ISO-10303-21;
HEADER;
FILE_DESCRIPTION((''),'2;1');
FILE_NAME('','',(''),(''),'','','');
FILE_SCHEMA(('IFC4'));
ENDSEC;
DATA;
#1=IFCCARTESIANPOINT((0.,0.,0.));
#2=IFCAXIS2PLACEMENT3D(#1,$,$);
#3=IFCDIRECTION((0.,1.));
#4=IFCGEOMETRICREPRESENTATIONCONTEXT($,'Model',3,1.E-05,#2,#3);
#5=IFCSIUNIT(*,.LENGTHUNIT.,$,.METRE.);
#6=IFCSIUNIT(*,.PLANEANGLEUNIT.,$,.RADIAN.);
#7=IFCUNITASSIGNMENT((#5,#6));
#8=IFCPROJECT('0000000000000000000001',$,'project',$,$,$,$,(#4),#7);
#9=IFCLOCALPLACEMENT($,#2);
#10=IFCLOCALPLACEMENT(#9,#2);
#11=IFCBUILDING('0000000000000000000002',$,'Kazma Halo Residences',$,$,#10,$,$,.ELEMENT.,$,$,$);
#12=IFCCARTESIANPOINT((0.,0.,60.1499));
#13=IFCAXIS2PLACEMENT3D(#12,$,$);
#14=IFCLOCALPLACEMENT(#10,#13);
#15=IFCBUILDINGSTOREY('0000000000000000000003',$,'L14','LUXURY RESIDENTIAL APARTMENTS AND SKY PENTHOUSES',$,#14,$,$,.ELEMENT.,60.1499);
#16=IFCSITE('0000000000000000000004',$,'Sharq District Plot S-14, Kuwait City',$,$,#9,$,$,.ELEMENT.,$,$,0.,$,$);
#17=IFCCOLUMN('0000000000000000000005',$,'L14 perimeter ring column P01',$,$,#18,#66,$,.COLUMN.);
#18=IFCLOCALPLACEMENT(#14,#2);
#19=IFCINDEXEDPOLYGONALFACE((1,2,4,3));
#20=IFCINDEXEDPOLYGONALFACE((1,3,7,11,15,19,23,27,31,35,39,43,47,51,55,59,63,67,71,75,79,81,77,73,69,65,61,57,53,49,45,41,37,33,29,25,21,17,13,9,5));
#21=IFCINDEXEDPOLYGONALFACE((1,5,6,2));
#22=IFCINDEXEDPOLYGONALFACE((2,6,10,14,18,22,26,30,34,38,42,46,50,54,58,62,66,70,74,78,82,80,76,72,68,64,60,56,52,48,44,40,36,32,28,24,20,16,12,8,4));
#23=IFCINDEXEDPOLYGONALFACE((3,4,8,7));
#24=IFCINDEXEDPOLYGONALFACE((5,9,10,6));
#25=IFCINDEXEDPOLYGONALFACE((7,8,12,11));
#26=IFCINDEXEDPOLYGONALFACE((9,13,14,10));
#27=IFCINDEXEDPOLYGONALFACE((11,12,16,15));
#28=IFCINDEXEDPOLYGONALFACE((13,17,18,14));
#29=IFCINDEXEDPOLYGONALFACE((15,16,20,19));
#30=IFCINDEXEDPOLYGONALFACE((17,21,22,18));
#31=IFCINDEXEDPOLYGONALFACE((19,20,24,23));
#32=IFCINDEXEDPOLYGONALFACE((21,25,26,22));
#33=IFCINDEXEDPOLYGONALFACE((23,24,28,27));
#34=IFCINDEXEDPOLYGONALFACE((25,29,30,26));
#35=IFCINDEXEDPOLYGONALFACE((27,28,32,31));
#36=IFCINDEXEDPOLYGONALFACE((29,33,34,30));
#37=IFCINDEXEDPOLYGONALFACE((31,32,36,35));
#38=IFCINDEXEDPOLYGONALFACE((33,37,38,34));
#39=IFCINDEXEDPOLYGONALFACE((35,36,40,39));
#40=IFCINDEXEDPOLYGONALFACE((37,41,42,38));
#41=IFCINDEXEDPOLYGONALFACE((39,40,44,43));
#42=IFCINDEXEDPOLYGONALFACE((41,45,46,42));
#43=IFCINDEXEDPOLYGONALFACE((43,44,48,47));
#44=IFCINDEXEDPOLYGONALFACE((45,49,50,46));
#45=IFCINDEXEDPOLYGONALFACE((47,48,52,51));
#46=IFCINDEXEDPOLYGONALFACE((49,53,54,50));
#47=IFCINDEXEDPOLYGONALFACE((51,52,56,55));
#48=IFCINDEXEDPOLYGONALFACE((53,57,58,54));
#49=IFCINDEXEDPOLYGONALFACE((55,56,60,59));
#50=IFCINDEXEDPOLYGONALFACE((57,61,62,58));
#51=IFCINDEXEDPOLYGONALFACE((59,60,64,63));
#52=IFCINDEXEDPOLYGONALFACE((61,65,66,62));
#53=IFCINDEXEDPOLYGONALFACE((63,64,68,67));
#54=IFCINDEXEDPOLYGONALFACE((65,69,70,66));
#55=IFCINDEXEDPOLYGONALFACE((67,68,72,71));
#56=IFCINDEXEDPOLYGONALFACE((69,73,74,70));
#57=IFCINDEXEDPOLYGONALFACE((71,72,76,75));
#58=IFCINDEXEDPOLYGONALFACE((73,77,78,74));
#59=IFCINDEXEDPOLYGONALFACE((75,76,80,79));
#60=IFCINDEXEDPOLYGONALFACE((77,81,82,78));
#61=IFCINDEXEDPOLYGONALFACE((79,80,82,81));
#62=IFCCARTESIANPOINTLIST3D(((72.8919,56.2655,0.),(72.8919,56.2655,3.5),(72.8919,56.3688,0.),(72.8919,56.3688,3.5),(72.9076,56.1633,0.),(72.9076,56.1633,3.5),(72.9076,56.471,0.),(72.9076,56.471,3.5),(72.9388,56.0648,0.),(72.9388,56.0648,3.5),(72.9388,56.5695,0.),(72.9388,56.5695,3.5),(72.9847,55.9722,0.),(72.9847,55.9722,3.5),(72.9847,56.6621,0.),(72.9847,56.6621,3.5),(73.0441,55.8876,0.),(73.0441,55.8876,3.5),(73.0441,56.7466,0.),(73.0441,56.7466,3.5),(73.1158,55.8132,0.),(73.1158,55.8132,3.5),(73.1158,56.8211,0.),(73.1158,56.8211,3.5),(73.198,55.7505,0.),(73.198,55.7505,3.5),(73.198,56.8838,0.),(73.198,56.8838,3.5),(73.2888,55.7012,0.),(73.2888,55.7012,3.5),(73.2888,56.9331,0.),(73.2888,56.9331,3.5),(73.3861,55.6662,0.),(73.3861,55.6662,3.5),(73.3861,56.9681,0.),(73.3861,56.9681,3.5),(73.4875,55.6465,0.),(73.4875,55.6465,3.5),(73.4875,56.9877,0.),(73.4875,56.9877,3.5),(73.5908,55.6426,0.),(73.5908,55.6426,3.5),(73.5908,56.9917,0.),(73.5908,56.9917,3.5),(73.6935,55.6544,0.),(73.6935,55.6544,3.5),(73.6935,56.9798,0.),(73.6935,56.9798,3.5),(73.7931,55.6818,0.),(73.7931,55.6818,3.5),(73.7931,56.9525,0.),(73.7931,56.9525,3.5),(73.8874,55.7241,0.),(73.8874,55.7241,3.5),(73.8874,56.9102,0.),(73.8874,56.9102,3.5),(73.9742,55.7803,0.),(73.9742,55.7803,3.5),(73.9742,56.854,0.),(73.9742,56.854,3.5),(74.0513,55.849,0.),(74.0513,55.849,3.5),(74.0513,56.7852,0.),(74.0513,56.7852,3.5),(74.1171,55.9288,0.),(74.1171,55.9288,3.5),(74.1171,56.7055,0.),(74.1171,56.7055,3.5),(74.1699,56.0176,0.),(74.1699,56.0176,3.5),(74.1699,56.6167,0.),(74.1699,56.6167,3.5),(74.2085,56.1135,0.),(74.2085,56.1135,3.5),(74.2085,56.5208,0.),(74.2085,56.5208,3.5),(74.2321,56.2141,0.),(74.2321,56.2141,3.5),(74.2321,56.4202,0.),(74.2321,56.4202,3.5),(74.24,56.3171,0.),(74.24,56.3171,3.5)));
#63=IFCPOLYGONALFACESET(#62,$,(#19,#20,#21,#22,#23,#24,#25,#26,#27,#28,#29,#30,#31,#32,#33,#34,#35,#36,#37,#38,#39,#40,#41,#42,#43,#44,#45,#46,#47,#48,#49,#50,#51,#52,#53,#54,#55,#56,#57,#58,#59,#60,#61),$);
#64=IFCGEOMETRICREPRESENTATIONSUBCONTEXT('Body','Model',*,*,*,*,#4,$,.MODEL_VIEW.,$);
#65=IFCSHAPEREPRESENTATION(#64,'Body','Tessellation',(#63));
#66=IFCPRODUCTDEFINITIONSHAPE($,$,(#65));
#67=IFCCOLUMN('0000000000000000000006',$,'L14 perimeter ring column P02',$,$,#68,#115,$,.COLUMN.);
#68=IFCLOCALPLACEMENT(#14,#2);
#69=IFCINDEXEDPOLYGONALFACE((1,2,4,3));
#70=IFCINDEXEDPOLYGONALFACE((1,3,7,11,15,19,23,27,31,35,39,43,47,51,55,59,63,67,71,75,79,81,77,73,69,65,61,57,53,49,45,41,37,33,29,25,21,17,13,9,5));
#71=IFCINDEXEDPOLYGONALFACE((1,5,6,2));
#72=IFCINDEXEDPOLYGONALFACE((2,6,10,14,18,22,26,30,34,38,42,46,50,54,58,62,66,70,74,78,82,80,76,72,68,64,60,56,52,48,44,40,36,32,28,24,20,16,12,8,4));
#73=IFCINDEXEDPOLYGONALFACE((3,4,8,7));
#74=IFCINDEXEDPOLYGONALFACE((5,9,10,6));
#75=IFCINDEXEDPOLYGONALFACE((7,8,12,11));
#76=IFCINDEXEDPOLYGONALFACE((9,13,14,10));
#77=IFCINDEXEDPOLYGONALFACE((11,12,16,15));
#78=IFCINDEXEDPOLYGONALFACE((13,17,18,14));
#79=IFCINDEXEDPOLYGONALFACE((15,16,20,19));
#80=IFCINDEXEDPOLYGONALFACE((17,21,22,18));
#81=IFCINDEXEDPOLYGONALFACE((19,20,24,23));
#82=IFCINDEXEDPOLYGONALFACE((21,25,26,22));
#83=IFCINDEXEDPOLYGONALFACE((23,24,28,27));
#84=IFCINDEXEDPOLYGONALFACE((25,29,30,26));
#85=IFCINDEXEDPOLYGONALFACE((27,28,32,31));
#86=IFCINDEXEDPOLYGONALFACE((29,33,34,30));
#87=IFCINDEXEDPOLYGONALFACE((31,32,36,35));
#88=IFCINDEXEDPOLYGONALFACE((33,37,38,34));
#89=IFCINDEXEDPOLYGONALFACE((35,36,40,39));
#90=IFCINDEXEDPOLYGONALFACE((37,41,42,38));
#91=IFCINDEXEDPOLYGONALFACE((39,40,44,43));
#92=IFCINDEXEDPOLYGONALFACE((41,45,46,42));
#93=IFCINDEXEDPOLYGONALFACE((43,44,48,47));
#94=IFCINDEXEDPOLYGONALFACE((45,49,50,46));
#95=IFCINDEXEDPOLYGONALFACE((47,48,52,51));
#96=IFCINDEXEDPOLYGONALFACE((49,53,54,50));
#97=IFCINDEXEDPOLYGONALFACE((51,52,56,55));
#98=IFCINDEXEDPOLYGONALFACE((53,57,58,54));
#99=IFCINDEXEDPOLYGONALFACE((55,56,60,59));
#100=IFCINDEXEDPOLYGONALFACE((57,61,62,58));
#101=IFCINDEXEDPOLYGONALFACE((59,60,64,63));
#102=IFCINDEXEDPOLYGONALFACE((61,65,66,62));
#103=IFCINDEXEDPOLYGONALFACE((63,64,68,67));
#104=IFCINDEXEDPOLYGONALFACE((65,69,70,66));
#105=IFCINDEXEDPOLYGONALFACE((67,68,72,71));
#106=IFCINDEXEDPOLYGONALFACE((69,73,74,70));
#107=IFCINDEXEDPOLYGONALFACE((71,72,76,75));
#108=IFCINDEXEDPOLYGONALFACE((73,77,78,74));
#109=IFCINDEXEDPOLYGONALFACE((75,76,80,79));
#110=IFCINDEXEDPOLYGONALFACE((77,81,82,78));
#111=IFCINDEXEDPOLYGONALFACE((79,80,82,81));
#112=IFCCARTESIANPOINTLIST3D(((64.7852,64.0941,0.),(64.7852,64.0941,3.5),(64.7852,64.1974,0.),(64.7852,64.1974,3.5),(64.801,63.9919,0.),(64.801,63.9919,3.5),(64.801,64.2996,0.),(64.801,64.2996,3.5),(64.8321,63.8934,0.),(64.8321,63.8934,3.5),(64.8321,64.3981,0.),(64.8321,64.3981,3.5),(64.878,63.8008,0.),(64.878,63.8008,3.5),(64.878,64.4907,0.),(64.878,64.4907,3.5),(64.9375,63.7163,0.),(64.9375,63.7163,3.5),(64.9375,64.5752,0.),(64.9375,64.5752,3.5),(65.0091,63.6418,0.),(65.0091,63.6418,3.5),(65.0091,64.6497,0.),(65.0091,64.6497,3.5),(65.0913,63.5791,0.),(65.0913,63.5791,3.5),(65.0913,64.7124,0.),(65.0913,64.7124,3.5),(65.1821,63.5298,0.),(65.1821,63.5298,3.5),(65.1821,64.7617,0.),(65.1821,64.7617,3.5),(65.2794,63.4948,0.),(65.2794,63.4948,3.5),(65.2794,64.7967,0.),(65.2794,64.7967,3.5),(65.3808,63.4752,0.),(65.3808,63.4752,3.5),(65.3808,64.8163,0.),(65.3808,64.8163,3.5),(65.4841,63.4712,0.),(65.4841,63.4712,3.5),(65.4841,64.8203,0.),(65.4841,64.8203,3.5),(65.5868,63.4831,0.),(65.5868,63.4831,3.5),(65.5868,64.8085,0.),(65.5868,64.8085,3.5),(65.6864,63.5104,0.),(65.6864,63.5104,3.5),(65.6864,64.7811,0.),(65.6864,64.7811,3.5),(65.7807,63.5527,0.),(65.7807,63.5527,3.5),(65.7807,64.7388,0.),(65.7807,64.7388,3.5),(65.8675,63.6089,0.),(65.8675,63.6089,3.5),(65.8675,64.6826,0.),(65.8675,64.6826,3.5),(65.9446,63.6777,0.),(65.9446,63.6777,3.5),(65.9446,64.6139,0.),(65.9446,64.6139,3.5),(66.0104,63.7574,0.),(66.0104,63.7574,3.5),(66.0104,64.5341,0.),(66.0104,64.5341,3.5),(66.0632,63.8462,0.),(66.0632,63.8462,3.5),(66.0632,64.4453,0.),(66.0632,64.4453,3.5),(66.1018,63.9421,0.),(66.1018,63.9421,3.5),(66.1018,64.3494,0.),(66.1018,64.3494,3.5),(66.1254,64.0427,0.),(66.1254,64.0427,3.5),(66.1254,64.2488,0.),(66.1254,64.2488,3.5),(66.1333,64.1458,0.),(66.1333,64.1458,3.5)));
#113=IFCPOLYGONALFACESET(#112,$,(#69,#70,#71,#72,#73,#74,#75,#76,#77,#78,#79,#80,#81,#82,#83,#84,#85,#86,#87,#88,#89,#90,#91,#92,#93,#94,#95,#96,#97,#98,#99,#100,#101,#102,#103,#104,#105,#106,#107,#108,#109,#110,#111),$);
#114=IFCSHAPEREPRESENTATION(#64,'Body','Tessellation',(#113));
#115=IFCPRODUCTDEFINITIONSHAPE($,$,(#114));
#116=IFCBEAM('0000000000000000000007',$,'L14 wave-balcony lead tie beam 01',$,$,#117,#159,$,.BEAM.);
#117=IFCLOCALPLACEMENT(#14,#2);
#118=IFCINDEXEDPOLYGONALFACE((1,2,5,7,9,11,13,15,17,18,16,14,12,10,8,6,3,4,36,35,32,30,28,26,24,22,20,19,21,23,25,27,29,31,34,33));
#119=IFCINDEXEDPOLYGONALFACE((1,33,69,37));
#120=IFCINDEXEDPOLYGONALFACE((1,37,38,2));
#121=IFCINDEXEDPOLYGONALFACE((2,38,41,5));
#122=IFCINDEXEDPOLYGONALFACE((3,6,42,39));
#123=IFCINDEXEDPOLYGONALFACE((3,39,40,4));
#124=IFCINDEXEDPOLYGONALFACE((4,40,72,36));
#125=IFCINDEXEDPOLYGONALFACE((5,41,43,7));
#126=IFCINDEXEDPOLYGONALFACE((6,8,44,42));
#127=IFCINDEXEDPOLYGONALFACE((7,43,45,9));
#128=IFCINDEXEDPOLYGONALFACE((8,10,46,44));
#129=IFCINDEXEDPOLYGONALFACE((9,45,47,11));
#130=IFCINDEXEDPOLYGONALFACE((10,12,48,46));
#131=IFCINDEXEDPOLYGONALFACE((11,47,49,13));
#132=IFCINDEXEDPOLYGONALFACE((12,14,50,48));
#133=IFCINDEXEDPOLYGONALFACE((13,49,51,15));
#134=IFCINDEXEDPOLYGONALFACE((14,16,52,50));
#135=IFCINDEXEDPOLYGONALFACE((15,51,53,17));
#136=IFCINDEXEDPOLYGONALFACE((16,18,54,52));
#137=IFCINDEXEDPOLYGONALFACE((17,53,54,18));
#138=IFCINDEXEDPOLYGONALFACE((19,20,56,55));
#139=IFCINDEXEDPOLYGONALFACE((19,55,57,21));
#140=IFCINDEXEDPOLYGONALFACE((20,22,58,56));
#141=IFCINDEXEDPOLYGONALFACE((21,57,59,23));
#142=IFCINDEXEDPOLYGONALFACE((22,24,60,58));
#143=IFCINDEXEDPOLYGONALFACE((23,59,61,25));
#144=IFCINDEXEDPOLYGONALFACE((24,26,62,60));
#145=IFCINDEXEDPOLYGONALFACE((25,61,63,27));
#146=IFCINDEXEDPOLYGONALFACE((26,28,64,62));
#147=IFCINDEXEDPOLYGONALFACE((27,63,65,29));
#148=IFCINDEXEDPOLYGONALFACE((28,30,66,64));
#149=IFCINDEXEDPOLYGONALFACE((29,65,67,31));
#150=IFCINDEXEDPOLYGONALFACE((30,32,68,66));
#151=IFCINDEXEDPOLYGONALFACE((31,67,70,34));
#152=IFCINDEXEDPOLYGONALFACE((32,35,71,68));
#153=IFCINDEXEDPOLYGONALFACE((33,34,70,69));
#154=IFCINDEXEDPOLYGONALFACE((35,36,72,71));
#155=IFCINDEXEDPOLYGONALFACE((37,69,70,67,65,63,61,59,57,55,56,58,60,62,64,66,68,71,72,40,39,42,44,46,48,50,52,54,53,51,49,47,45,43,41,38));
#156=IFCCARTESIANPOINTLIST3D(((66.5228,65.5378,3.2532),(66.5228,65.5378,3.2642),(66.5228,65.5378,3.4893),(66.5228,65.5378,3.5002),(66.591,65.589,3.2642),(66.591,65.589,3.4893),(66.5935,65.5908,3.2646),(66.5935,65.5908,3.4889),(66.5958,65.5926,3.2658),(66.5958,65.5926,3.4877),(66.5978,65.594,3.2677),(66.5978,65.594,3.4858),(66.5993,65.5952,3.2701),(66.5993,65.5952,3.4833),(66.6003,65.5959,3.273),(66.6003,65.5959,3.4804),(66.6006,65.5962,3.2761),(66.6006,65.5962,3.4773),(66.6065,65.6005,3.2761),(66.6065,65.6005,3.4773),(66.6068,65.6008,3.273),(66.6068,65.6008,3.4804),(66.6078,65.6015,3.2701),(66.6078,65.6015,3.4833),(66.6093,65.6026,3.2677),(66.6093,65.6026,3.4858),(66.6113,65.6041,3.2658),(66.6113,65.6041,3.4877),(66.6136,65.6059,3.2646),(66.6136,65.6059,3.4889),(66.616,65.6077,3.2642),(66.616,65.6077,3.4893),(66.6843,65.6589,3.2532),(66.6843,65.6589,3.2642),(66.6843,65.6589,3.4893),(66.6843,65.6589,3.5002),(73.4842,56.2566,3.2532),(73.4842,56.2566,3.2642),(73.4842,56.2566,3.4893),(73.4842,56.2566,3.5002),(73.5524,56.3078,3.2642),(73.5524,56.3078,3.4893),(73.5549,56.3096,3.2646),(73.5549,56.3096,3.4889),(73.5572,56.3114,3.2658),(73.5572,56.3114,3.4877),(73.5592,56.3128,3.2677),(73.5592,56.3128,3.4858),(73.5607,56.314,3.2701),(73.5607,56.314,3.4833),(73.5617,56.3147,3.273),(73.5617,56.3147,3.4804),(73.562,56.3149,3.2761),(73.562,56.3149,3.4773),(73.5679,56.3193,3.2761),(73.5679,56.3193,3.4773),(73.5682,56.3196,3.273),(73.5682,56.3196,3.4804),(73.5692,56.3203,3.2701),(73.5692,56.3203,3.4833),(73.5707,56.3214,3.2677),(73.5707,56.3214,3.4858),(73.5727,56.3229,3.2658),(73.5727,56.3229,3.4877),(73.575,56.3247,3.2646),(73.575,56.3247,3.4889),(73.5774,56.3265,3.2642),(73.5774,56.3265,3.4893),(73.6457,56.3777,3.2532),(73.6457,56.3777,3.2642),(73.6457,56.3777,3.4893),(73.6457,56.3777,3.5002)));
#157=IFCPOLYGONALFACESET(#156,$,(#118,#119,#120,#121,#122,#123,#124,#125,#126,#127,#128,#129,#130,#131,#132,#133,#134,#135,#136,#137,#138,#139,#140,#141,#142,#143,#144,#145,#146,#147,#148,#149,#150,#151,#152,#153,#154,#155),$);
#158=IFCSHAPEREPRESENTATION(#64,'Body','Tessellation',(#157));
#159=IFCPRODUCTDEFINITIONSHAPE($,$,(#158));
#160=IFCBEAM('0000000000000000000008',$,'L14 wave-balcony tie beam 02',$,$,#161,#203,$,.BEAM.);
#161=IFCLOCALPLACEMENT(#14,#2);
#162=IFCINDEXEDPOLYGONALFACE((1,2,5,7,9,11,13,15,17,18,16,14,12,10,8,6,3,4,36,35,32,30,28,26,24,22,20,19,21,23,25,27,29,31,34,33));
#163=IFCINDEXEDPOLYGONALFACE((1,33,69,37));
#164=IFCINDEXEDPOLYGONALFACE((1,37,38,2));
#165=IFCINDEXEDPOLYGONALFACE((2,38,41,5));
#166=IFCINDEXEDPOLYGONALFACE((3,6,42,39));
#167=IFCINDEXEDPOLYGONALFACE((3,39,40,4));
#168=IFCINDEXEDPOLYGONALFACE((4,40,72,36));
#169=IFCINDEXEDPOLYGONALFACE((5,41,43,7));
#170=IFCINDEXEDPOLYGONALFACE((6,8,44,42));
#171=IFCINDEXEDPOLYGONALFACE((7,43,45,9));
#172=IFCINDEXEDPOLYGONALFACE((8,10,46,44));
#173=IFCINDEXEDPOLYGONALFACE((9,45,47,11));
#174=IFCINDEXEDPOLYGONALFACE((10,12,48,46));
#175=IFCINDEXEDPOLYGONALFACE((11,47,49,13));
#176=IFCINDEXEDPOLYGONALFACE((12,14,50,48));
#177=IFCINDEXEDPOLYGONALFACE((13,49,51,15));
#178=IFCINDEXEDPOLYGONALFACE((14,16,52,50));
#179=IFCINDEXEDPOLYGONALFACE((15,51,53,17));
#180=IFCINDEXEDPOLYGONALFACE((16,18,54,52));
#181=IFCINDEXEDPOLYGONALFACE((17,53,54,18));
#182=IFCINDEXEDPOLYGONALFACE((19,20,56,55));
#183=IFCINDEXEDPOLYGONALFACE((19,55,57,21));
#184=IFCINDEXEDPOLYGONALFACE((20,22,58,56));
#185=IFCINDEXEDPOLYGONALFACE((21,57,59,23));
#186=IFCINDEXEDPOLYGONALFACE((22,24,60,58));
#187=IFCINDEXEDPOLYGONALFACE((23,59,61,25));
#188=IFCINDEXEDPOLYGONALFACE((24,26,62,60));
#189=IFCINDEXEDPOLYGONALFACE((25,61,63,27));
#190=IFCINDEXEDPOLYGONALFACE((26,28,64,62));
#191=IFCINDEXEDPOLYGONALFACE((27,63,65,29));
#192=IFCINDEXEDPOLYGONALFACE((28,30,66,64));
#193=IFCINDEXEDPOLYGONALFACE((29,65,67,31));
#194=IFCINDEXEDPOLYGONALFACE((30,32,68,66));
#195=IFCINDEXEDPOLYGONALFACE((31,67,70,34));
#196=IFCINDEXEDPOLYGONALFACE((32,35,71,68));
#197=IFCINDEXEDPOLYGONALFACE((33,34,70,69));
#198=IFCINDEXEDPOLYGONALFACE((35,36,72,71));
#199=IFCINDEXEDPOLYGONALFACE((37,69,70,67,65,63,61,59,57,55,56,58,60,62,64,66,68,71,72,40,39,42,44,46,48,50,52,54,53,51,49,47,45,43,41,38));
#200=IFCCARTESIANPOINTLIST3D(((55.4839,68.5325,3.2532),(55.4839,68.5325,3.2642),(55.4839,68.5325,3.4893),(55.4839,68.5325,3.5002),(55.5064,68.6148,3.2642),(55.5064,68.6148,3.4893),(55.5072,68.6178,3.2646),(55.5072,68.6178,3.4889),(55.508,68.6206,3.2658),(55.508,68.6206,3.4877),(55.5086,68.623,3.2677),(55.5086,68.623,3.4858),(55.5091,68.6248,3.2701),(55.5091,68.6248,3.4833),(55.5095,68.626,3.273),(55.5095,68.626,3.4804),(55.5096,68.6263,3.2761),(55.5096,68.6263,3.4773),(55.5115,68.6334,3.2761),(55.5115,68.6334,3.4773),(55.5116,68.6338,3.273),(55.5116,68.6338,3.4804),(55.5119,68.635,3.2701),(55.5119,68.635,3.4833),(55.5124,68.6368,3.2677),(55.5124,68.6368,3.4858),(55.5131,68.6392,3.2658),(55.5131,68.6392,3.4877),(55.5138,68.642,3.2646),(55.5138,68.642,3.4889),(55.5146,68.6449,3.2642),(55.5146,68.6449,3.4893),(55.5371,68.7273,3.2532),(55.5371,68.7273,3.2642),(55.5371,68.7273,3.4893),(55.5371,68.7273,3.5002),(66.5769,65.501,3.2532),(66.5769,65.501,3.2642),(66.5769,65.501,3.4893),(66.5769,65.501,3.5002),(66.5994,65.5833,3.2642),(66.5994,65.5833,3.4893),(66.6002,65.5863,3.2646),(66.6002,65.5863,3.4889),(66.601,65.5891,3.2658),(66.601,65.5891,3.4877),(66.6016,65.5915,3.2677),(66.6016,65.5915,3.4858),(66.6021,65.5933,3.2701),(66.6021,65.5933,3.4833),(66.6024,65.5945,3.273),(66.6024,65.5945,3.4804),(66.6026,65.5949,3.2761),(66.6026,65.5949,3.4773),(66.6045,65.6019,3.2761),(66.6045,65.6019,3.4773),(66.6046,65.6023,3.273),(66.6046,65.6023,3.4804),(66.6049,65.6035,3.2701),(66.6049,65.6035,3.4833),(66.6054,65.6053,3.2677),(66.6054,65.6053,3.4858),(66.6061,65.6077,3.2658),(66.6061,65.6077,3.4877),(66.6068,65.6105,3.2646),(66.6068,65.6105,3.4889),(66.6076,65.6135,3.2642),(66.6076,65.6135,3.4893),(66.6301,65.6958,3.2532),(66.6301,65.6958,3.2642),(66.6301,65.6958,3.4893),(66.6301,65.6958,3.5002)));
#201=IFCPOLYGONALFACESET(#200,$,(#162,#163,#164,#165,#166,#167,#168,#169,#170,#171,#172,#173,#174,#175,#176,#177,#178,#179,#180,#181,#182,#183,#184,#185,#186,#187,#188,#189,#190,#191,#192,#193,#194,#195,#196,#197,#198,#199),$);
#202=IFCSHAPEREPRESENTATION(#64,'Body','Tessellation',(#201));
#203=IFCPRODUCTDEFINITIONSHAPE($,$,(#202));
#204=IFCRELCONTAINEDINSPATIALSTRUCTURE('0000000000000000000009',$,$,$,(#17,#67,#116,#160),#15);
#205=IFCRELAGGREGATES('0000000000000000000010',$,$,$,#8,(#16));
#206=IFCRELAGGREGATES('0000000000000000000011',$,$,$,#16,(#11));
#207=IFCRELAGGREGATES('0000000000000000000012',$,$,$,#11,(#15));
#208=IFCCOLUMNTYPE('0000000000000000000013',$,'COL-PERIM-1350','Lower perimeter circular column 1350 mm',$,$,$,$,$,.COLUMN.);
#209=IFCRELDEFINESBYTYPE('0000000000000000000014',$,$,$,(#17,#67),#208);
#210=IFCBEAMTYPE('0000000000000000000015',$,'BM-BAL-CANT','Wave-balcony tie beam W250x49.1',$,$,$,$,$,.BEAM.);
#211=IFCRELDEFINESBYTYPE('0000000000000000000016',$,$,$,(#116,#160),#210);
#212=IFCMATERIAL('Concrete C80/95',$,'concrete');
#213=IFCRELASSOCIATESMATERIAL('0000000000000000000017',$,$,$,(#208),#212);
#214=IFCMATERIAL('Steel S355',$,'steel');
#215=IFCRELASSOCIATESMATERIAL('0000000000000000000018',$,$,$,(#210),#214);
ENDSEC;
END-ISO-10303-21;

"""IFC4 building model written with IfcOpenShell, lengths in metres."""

from ifc_helpers import new_model, si_unit, direction, frame, origin, origin_2d, place, context, subcontext, project, spatial, circle, i_section, extrude, material, material_profile, profile_set, type_object, element, save


model = new_model("IFC4")

# Units and contexts
model_context = context("Model", 3, precision=1e-05, world=origin(), true_north=direction((0.0, 1.0)))
body_context = subcontext(model_context, "Body", "Model", "MODEL_VIEW")
ifc_project = project(units=[si_unit("LENGTHUNIT", "METRE"), si_unit("PLANEANGLEUNIT", "RADIAN")], contexts=[model_context])

# Site, building, storey
site_placement = place(None, origin())
site = spatial("IfcSite", under=ifc_project, at=site_placement, Name="Sharq District Plot S-14, Kuwait City", CompositionType="ELEMENT", RefElevation=0.0)
building_placement = place(site_placement, origin())
building = spatial("IfcBuilding", under=site, at=building_placement, Name="Kazma Halo Residences", CompositionType="ELEMENT")
storey_placement = place(building_placement, frame((0.0, 0.0, 60.1499)))
storey = spatial("IfcBuildingStorey", under=building, at=storey_placement, Name="L14", Description="LUXURY RESIDENTIAL APARTMENTS AND SKY PENTHOUSES", CompositionType="ELEMENT", Elevation=60.1499)

# Columns
ifc_material_1 = material(Name="Concrete C80/95", Category="concrete")
ifc_material_profile_1 = material_profile(ifc_material_1, circle(Radius=0.675, at=origin_2d()), Name="CIRC1350")
ifc_profile_set_1 = profile_set([ifc_material_profile_1], Name="Concrete C80/95")
column_type = type_object("IfcColumnType", Name="COL-PERIM-1350", Description="Lower perimeter circular column 1350 mm", PredefinedType="COLUMN", material=ifc_profile_set_1)
for number, where, z_axis, x_axis, name in (
    (1, (73.5649, 56.3171, 0.0), (0.0, 0.0, 1.0), (1.0, 0.0, 0.0), "L14 perimeter ring column P01"),
    (2, (65.4583, 64.1458, 0.0), (0.0, 0.0, 1.0), (1.0, 0.0, 0.0), "L14 perimeter ring column P02"),
):
    element("IfcColumn", number, at=place(storey_placement, frame(where, z_axis=z_axis, x_axis=x_axis)), inside=storey, type_object=column_type, Name=name, PredefinedType="COLUMN", context=body_context, shape_type="SweptSolid", body=[
        extrude(circle(Radius=0.675, at=origin_2d()), origin(), (0.0, 0.0, 1.0), 3.5),
    ])

# Beams
ifc_material_2 = material(Name="Steel S355", Category="steel")
ifc_material_profile_2 = material_profile(ifc_material_2, i_section(OverallWidth=0.2019, OverallDepth=0.2471, WebThickness=0.0073, FlangeThickness=0.011, FilletRadius=0.012, at=origin_2d()), Name="W250x49.1")
ifc_profile_set_2 = profile_set([ifc_material_profile_2], Name="Steel S355")
beam_type_1 = type_object("IfcBeamType", Name="BM-BAL-CANT", Description="Wave-balcony tie beam W250x49.1", PredefinedType="BEAM", material=ifc_profile_set_2)
beam_1_placement = place(storey_placement, frame((73.5649, 56.3171, 3.3767), z_axis=(-0.600027, 0.79998, 0.0), x_axis=(-0.79998, -0.600027, 0.0)))
element("IfcBeam", 3, at=beam_1_placement, inside=storey, type_object=beam_type_1, Name="L14 wave-balcony lead tie beam 01", PredefinedType="BEAM", context=body_context, shape_type="SweptSolid", body=[
    extrude(i_section(OverallWidth=0.2019, OverallDepth=0.2471, WebThickness=0.0073, FlangeThickness=0.011, FilletRadius=0.012, at=origin_2d()), origin(), (0.0, 0.0, 1.0), 11.6018),
])
beam_2_placement = place(storey_placement, frame((66.6035, 65.5984, 3.3767), z_axis=(-0.964628, 0.263613, 0.0), x_axis=(-0.263613, -0.964628, 0.0)))
element("IfcBeam", 4, at=beam_2_placement, inside=storey, type_object=beam_type_1, Name="L14 wave-balcony tie beam 02", PredefinedType="BEAM", context=body_context, shape_type="SweptSolid", body=[
    extrude(i_section(OverallWidth=0.2019, OverallDepth=0.2471, WebThickness=0.0073, FlangeThickness=0.011, FilletRadius=0.012, at=origin_2d()), origin(), (0.0, 0.0, 1.0), 11.4998),
])

save(model, "model.ifc")
